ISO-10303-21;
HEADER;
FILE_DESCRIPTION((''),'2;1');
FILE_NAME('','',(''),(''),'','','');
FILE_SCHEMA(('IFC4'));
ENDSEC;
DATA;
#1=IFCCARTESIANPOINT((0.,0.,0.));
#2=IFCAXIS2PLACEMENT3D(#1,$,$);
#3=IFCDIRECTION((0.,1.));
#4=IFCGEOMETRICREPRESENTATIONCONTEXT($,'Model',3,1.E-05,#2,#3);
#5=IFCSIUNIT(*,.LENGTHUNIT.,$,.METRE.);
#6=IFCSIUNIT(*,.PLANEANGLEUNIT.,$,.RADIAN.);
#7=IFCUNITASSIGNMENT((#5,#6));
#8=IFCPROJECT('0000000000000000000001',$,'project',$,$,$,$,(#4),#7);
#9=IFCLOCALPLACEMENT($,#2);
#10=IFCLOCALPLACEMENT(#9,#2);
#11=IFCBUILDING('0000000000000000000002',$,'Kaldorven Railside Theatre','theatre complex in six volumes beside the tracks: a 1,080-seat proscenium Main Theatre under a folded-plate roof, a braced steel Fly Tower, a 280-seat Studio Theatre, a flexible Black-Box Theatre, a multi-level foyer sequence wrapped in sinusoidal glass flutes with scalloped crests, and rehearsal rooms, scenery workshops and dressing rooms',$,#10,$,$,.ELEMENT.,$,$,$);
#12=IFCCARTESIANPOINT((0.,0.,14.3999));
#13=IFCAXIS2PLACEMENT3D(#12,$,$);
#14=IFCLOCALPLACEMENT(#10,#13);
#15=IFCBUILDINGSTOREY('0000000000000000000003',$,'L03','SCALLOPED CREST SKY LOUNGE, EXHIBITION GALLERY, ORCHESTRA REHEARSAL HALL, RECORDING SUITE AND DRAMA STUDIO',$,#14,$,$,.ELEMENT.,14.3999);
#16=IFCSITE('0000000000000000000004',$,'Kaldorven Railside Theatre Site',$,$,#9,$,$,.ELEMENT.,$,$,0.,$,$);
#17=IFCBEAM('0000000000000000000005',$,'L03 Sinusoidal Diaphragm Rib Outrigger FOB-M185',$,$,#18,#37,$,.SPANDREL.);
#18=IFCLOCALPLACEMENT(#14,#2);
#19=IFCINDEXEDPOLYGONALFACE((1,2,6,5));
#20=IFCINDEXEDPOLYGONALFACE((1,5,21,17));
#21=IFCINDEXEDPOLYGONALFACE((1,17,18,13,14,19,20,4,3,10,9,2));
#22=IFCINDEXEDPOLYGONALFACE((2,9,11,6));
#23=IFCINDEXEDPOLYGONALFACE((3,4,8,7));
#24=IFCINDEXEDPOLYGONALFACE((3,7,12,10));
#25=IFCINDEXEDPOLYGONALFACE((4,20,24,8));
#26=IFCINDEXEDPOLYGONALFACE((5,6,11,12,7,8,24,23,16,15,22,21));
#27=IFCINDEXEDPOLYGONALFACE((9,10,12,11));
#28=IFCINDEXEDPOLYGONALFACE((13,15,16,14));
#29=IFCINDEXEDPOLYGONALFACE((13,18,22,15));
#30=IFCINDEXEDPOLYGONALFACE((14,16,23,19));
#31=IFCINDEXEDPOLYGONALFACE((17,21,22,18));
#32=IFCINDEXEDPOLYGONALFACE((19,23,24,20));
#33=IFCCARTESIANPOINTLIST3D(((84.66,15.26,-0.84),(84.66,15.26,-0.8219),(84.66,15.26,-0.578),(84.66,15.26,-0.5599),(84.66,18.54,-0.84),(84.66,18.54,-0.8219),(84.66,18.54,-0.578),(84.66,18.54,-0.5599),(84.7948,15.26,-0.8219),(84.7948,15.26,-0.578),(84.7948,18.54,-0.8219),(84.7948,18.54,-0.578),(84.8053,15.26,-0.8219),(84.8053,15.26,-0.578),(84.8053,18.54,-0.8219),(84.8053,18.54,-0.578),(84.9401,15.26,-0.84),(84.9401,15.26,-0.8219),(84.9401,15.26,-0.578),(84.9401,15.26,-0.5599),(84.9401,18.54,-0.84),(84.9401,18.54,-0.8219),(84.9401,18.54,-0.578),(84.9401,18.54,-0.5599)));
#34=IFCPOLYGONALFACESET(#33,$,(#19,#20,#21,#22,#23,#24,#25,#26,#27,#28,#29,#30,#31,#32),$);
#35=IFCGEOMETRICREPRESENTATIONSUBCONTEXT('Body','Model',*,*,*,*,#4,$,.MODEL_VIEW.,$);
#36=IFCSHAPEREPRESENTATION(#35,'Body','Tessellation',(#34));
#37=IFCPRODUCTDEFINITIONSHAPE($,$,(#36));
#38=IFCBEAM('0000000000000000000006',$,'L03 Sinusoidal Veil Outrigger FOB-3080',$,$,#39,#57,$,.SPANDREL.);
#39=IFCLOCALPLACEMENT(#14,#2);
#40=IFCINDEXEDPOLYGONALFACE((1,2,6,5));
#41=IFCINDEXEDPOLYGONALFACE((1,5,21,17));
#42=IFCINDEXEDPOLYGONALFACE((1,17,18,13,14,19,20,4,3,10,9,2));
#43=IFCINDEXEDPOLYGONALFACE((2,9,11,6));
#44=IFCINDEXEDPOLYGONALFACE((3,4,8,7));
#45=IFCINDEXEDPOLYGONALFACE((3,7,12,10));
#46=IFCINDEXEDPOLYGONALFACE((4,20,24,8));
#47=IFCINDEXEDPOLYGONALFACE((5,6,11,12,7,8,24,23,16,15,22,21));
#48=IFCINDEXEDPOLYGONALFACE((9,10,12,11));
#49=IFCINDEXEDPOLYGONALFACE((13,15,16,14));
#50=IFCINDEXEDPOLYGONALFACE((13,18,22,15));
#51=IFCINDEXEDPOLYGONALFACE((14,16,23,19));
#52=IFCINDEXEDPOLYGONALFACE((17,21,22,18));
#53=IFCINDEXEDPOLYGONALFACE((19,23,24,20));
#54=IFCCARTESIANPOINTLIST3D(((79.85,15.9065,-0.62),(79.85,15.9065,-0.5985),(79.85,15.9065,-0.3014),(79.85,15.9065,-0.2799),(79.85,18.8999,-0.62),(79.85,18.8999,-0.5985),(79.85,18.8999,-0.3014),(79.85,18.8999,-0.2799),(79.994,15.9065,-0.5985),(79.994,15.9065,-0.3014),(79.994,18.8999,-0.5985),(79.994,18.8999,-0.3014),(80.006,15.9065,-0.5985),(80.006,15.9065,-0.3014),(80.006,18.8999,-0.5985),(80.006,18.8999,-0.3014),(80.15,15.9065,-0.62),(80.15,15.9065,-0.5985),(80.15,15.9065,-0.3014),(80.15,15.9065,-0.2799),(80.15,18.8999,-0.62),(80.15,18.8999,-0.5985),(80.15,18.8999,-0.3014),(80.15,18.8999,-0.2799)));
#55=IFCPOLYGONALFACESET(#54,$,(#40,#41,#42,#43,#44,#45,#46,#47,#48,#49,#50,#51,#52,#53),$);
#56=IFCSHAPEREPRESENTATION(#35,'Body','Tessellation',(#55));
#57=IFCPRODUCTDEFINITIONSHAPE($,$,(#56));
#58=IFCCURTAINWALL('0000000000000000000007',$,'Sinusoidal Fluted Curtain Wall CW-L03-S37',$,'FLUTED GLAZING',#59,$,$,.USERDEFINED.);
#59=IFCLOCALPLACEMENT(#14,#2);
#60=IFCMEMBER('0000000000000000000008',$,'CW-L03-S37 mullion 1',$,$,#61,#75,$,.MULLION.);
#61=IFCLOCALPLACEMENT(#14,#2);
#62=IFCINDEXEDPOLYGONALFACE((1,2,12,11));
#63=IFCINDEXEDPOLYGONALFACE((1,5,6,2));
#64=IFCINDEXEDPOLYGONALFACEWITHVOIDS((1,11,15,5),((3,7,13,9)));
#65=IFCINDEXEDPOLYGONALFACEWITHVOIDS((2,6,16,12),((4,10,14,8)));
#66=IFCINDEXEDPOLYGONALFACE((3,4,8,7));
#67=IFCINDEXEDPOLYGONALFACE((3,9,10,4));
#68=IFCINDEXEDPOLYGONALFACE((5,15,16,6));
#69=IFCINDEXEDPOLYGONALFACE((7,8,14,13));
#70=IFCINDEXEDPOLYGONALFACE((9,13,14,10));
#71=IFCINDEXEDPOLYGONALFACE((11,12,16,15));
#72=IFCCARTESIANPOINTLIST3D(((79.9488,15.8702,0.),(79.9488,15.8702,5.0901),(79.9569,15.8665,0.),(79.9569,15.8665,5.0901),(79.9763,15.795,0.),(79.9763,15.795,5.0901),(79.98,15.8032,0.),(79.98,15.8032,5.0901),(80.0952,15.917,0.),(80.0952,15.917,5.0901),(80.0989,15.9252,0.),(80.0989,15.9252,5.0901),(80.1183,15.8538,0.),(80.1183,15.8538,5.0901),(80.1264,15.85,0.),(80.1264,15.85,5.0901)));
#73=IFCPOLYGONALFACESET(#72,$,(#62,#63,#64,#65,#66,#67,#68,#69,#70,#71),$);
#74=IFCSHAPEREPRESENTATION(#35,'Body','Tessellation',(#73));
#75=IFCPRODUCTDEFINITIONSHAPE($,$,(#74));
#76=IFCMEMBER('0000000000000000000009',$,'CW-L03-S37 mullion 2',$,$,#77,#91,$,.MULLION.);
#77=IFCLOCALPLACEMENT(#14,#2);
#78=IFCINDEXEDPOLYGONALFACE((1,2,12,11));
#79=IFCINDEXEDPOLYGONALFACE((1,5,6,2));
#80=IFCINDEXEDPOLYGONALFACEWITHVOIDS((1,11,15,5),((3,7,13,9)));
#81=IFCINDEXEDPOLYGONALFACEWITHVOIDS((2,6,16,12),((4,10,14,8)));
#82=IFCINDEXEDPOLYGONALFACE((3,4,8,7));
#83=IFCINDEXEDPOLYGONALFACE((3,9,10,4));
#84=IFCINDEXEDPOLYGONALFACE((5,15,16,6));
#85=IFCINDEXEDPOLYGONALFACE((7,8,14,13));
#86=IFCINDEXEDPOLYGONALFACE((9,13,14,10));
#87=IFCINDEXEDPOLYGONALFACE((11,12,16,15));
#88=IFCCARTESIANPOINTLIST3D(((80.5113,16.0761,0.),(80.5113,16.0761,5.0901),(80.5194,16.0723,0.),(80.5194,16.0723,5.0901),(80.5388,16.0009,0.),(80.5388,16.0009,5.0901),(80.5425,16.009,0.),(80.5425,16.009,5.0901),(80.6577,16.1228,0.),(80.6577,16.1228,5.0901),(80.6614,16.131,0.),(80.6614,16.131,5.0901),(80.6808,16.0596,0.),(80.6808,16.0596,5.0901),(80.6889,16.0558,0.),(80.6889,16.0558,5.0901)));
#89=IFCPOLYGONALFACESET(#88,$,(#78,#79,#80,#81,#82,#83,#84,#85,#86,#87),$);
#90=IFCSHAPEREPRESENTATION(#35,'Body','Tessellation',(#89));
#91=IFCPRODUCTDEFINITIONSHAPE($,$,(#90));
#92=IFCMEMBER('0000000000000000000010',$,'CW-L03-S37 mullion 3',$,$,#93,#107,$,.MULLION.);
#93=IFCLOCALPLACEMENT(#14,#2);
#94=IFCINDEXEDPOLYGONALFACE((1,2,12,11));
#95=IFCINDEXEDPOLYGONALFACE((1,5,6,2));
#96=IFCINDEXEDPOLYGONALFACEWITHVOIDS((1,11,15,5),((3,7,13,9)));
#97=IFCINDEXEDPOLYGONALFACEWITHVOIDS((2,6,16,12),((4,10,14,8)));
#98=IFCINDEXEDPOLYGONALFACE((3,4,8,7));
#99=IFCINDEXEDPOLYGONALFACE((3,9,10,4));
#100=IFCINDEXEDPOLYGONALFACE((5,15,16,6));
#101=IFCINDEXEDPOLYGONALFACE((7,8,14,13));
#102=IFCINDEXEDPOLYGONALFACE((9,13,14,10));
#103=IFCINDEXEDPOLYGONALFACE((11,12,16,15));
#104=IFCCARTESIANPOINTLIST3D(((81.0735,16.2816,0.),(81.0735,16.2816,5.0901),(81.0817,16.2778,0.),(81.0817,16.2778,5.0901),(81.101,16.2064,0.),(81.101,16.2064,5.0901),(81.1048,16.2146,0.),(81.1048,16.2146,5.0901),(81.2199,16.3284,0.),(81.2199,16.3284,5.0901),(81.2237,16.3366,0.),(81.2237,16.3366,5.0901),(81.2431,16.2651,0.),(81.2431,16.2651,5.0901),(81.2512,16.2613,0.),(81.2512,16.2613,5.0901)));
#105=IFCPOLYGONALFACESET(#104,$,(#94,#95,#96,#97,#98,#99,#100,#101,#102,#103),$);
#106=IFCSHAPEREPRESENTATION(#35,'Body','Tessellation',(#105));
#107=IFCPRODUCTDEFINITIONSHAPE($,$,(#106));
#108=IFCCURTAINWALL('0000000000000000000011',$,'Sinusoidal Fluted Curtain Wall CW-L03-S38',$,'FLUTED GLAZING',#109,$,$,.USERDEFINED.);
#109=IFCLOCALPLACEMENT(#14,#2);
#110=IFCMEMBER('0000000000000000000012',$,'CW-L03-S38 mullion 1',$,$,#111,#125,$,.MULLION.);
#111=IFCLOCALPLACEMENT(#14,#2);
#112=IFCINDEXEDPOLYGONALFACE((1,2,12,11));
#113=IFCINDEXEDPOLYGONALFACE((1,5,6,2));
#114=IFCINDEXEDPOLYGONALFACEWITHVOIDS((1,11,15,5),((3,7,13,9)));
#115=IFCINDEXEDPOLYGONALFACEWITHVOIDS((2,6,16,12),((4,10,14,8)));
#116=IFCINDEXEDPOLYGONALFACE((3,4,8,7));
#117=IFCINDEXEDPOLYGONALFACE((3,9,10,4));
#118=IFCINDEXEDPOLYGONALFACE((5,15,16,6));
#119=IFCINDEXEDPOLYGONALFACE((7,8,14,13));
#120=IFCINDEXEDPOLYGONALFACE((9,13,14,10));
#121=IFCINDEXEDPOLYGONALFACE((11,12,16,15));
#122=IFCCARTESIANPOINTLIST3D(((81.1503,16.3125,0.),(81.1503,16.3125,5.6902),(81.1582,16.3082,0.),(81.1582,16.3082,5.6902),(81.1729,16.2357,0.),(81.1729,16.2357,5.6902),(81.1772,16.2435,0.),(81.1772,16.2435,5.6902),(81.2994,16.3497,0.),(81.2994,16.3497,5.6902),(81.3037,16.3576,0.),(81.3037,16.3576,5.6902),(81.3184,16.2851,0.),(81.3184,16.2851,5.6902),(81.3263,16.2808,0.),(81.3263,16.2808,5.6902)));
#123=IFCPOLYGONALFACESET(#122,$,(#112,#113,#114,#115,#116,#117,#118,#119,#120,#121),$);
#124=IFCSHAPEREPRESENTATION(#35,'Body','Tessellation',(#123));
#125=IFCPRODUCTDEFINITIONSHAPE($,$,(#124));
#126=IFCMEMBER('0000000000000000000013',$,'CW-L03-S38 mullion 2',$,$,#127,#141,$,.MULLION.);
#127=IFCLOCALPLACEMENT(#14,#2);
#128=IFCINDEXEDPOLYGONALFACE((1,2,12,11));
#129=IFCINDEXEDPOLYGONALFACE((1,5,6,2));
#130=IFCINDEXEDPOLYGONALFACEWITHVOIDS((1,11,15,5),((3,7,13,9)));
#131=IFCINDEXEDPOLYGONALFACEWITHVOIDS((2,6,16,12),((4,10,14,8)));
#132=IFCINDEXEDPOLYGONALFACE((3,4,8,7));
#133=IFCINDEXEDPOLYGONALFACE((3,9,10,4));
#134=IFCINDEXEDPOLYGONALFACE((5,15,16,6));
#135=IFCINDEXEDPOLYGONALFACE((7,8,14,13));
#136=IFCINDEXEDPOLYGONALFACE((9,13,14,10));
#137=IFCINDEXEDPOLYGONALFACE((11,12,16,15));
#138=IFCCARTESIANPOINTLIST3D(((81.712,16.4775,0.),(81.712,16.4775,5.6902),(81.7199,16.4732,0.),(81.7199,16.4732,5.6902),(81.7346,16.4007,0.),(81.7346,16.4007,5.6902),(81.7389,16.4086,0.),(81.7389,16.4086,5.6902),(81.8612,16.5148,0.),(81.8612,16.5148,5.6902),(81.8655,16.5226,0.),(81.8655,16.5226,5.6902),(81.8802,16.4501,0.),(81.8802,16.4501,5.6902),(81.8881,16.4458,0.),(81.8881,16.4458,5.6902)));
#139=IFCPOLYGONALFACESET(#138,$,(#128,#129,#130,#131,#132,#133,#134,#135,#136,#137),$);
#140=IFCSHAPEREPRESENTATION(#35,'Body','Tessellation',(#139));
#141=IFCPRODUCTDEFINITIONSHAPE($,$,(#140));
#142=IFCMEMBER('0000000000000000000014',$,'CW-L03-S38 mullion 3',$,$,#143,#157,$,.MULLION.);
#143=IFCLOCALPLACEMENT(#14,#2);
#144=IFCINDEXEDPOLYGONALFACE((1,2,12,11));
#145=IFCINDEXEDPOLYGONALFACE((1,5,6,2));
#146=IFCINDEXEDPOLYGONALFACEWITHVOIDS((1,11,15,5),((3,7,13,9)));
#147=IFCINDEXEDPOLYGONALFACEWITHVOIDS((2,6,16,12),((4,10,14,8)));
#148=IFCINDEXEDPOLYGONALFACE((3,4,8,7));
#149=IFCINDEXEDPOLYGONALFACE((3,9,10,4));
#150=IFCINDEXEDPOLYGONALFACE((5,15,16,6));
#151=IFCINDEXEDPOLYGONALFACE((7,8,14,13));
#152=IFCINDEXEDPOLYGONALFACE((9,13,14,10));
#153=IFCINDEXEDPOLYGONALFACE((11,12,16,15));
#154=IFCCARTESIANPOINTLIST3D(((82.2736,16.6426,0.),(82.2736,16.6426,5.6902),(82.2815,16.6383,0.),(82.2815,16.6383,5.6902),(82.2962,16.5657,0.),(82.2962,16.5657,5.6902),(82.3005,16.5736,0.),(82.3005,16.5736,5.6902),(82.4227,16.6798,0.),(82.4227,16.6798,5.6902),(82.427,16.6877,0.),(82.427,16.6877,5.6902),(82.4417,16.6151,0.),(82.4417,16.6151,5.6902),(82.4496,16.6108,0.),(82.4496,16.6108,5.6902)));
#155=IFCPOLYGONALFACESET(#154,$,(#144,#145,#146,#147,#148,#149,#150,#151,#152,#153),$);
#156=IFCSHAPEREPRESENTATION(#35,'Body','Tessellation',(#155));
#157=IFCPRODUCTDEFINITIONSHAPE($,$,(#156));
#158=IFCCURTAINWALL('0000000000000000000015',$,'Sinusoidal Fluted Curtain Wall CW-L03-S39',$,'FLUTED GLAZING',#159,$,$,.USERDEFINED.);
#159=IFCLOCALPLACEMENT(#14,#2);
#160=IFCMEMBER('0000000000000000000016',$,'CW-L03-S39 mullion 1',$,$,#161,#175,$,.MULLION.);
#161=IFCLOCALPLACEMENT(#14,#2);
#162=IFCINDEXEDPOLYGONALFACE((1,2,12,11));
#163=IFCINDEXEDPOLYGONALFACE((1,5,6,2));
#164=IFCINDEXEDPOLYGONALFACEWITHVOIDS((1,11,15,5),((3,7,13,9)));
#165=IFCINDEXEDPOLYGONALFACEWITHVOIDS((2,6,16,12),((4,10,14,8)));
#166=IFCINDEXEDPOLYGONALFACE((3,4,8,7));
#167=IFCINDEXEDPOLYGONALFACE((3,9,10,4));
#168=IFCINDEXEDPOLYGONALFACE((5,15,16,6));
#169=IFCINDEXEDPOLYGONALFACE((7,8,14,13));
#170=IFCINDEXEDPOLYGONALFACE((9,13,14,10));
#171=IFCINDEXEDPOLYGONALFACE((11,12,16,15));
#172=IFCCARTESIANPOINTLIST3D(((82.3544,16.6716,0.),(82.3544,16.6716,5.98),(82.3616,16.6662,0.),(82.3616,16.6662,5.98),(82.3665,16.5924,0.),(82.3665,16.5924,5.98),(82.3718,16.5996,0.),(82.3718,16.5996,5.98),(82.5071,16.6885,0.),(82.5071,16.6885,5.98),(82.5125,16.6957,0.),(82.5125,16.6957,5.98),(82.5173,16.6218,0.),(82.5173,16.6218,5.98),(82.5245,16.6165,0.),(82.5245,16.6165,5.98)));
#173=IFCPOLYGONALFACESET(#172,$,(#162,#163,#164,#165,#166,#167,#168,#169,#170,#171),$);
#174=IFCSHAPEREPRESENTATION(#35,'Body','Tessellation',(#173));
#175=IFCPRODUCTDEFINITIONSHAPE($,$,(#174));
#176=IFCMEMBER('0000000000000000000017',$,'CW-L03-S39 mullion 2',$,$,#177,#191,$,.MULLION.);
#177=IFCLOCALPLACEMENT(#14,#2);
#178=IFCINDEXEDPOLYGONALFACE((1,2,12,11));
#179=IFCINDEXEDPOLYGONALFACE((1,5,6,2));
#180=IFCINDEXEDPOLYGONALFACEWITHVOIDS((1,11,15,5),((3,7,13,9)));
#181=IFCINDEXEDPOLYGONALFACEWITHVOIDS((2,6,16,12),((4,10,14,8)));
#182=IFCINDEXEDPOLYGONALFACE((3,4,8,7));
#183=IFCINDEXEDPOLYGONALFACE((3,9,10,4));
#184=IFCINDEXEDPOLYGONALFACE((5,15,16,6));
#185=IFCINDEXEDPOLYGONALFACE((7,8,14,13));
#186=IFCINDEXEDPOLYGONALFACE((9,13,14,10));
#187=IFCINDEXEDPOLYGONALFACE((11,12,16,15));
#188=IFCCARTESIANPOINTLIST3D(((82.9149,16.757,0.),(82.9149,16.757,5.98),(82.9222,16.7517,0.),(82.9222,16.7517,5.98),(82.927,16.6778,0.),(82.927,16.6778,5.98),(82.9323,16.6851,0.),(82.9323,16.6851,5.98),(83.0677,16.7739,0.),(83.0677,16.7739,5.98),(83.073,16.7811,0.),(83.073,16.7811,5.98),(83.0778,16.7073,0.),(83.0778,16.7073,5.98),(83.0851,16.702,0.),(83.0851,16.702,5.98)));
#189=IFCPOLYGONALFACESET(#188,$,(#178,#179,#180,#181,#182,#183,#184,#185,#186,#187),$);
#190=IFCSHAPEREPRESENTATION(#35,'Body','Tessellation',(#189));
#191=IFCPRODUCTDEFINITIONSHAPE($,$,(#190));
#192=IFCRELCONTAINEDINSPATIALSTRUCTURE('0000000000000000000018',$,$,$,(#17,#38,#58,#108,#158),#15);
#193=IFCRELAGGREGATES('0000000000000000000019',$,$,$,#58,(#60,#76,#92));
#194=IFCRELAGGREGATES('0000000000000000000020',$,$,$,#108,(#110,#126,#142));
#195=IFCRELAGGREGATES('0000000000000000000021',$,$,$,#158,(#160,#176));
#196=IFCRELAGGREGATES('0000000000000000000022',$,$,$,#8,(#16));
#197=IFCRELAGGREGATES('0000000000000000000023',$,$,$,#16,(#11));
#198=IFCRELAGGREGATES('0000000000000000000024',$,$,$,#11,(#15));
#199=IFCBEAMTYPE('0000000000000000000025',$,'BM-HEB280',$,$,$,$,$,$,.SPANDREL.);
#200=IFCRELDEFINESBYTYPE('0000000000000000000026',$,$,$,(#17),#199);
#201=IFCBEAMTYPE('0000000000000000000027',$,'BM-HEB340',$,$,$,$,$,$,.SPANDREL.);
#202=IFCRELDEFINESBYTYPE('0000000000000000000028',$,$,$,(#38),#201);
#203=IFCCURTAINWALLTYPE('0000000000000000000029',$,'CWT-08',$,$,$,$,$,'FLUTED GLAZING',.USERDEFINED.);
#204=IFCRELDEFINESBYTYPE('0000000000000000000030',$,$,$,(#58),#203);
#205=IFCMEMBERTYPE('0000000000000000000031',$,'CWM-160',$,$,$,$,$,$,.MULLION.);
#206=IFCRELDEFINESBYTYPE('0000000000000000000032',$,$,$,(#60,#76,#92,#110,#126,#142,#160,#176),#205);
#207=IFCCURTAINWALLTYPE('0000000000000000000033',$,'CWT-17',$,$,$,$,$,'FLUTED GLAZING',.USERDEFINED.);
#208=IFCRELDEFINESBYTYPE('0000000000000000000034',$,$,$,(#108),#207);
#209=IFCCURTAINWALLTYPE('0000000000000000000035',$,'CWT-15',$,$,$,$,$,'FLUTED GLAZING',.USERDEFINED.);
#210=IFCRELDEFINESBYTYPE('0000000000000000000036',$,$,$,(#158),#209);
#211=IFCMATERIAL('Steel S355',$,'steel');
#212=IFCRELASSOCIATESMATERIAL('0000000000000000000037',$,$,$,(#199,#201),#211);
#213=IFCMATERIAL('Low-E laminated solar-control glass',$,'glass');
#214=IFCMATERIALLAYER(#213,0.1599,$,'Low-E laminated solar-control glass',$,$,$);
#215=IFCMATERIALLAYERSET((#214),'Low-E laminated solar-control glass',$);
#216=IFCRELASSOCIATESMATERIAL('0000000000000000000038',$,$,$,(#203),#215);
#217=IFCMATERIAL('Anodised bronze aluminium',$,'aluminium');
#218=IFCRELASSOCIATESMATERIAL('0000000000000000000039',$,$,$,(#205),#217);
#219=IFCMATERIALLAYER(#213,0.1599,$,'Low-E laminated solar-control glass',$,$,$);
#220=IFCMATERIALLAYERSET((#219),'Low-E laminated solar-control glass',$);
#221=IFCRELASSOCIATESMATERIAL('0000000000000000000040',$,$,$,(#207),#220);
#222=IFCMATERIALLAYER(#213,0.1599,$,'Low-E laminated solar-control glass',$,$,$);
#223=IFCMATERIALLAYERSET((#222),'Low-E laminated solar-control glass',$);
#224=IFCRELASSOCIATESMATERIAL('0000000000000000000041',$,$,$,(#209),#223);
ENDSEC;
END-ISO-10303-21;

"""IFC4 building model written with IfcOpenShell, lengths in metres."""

from ifc_helpers import new_model, si_unit, direction, frame, origin, origin_2d, place, context, subcontext, project, spatial, hollow_rectangle, i_section, extrude, material, layer, layer_set, material_profile, profile_set, type_object, element, aggregate, save


model = new_model("IFC4")

# Units and contexts
model_context = context("Model", 3, precision=1e-05, world=origin(), true_north=direction((0.0, 1.0)))
body_context = subcontext(model_context, "Body", "Model", "MODEL_VIEW")
ifc_project = project(units=[si_unit("LENGTHUNIT", "METRE"), si_unit("PLANEANGLEUNIT", "RADIAN")], contexts=[model_context])

# Site, building, storey
site_placement = place(None, origin())
site = spatial("IfcSite", under=ifc_project, at=site_placement, Name="Kaldorven Railside Theatre Site", CompositionType="ELEMENT", RefElevation=0.0)
building_placement = place(site_placement, origin())
building = spatial("IfcBuilding", under=site, at=building_placement, Name="Kaldorven Railside Theatre", Description="theatre complex in six volumes beside the tracks: a 1,080-seat proscenium Main Theatre under a folded-plate roof, a braced steel Fly Tower, a 280-seat Studio Theatre, a flexible Black-Box Theatre, a multi-level foyer sequence wrapped in sinusoidal glass flutes with scalloped crests, and rehearsal rooms, scenery workshops and dressing rooms", CompositionType="ELEMENT")
storey_placement = place(building_placement, frame((0.0, 0.0, 14.3999)))
storey = spatial("IfcBuildingStorey", under=building, at=storey_placement, Name="L03", Description="SCALLOPED CREST SKY LOUNGE, EXHIBITION GALLERY, ORCHESTRA REHEARSAL HALL, RECORDING SUITE AND DRAMA STUDIO", CompositionType="ELEMENT", Elevation=14.3999)

# Beams
ifc_material_1 = material(Name="Steel S355", Category="steel")
ifc_material_profile_1 = material_profile(ifc_material_1, i_section(OverallWidth=0.28, OverallDepth=0.28, WebThickness=0.0105, FlangeThickness=0.0181, at=origin_2d()), Name="HEB 280")
ifc_profile_set_1 = profile_set([ifc_material_profile_1], Name="Steel S355")
beam_type_1 = type_object("IfcBeamType", Name="BM-HEB280", PredefinedType="SPANDREL", material=ifc_profile_set_1)
beam_1_placement = place(storey_placement, frame((84.8, 15.26, -0.7), z_axis=(0.0, 1.0, 0.0), x_axis=(-1.0, 0.0, 0.0)))
element("IfcBeam", 1, at=beam_1_placement, inside=storey, type_object=beam_type_1, Name="L03 Sinusoidal Diaphragm Rib Outrigger FOB-M185", PredefinedType="SPANDREL", context=body_context, shape_type="SweptSolid", body=[
    extrude(i_section(OverallWidth=0.28, OverallDepth=0.28, WebThickness=0.0105, FlangeThickness=0.0181, at=origin_2d()), origin(), (0.0, 0.0, 1.0), 3.28),
])
ifc_material_profile_2 = material_profile(ifc_material_1, i_section(OverallWidth=0.3, OverallDepth=0.3401, WebThickness=0.012, FlangeThickness=0.0215, at=origin_2d()), Name="HEB 340")
ifc_profile_set_2 = profile_set([ifc_material_profile_2], Name="Steel S355")
beam_type_2 = type_object("IfcBeamType", Name="BM-HEB340", PredefinedType="SPANDREL", material=ifc_profile_set_2)
beam_2_placement = place(storey_placement, frame((80.0, 15.9065, -0.45), z_axis=(0.0, 1.0, 0.0), x_axis=(-1.0, 0.0, 0.0)))
element("IfcBeam", 2, at=beam_2_placement, inside=storey, type_object=beam_type_2, Name="L03 Sinusoidal Veil Outrigger FOB-3080", PredefinedType="SPANDREL", context=body_context, shape_type="SweptSolid", body=[
    extrude(i_section(OverallWidth=0.3, OverallDepth=0.3401, WebThickness=0.012, FlangeThickness=0.0215, at=origin_2d()), origin(), (0.0, 0.0, 1.0), 2.9934),
])

# Curtain walls, members
ifc_material_2 = material(Name="Low-E laminated solar-control glass", Category="glass")
ifc_layer_1 = layer(ifc_material_2, 0.1599, Name="Low-E laminated solar-control glass")
ifc_layer_set_1 = layer_set([ifc_layer_1], Name="Low-E laminated solar-control glass")
curtain_wall_type_1 = type_object("IfcCurtainWallType", Name="CWT-08", ElementType="FLUTED GLAZING", PredefinedType="USERDEFINED", material=ifc_layer_set_1)
curtain_wall_1_placement = place(storey_placement, origin())
curtain_wall_1 = element("IfcCurtainWall", 3, at=curtain_wall_1_placement, inside=storey, type_object=curtain_wall_type_1, Name="Sinusoidal Fluted Curtain Wall CW-L03-S37", ObjectType="FLUTED GLAZING", PredefinedType="USERDEFINED")
ifc_material_3 = material(Name="Anodised bronze aluminium", Category="aluminium")
ifc_material_profile_3 = material_profile(ifc_material_3, hollow_rectangle(XDim=0.0801, YDim=0.1599, WallThickness=0.0063, at=origin_2d()), Name="RHS 160x80x6.3")
ifc_profile_set_3 = profile_set([ifc_material_profile_3], Name="Anodised bronze aluminium")
member_type_1 = type_object("IfcMemberType", Name="CWM-160", PredefinedType="MULLION", material=ifc_profile_set_3)
member_1_placement = place(storey_placement, frame((80.0376, 15.8601, 0.0), z_axis=(0.0, 0.0, 1.0), x_axis=(-0.343496, 0.939154, 0.0)))
member_1 = element("IfcMember", 4, at=member_1_placement, type_object=member_type_1, Name="CW-L03-S37 mullion 1", PredefinedType="MULLION", context=body_context, shape_type="SweptSolid", body=[
    extrude(hollow_rectangle(XDim=0.0801, YDim=0.1599, WallThickness=0.0063, at=origin_2d()), origin(), (0.0, 0.0, 1.0), 5.0901),
])
member_2_placement = place(storey_placement, frame((80.6001, 16.0659, 0.0), z_axis=(0.0, 0.0, 1.0), x_axis=(-0.343496, 0.939154, 0.0)))
member_2 = element("IfcMember", 5, at=member_2_placement, type_object=member_type_1, Name="CW-L03-S37 mullion 2", PredefinedType="MULLION", context=body_context, shape_type="SweptSolid", body=[
    extrude(hollow_rectangle(XDim=0.0801, YDim=0.1599, WallThickness=0.0063, at=origin_2d()), origin(), (0.0, 0.0, 1.0), 5.0901),
])
member_3_placement = place(storey_placement, frame((81.1624, 16.2715, 0.0), z_axis=(0.0, 0.0, 1.0), x_axis=(-0.343496, 0.939154, 0.0)))
member_3 = element("IfcMember", 6, at=member_3_placement, type_object=member_type_1, Name="CW-L03-S37 mullion 3", PredefinedType="MULLION", context=body_context, shape_type="SweptSolid", body=[
    extrude(hollow_rectangle(XDim=0.0801, YDim=0.1599, WallThickness=0.0063, at=origin_2d()), origin(), (0.0, 0.0, 1.0), 5.0901),
])
ifc_layer_2 = layer(ifc_material_2, 0.1599, Name="Low-E laminated solar-control glass")
ifc_layer_set_2 = layer_set([ifc_layer_2], Name="Low-E laminated solar-control glass")
curtain_wall_type_2 = type_object("IfcCurtainWallType", Name="CWT-17", ElementType="FLUTED GLAZING", PredefinedType="USERDEFINED", material=ifc_layer_set_2)
curtain_wall_2_placement = place(storey_placement, origin())
curtain_wall_2 = element("IfcCurtainWall", 7, at=curtain_wall_2_placement, inside=storey, type_object=curtain_wall_type_2, Name="Sinusoidal Fluted Curtain Wall CW-L03-S38", ObjectType="FLUTED GLAZING", PredefinedType="USERDEFINED")
member_4_placement = place(storey_placement, frame((81.2383, 16.2966, 0.0), z_axis=(0.0, 0.0, 1.0), x_axis=(-0.281989, 0.959418, 0.0)))
member_4 = element("IfcMember", 8, at=member_4_placement, type_object=member_type_1, Name="CW-L03-S38 mullion 1", PredefinedType="MULLION", context=body_context, shape_type="SweptSolid", body=[
    extrude(hollow_rectangle(XDim=0.0801, YDim=0.1599, WallThickness=0.0063, at=origin_2d()), origin(), (0.0, 0.0, 1.0), 5.6902),
])
member_5_placement = place(storey_placement, frame((81.8, 16.4617, 0.0), z_axis=(0.0, 0.0, 1.0), x_axis=(-0.281989, 0.959418, 0.0)))
member_5 = element("IfcMember", 9, at=member_5_placement, type_object=member_type_1, Name="CW-L03-S38 mullion 2", PredefinedType="MULLION", context=body_context, shape_type="SweptSolid", body=[
    extrude(hollow_rectangle(XDim=0.0801, YDim=0.1599, WallThickness=0.0063, at=origin_2d()), origin(), (0.0, 0.0, 1.0), 5.6902),
])
member_6_placement = place(storey_placement, frame((82.3616, 16.6267, 0.0), z_axis=(0.0, 0.0, 1.0), x_axis=(-0.281989, 0.959418, 0.0)))
member_6 = element("IfcMember", 10, at=member_6_placement, type_object=member_type_1, Name="CW-L03-S38 mullion 3", PredefinedType="MULLION", context=body_context, shape_type="SweptSolid", body=[
    extrude(hollow_rectangle(XDim=0.0801, YDim=0.1599, WallThickness=0.0063, at=origin_2d()), origin(), (0.0, 0.0, 1.0), 5.6902),
])
ifc_layer_3 = layer(ifc_material_2, 0.1599, Name="Low-E laminated solar-control glass")
ifc_layer_set_3 = layer_set([ifc_layer_3], Name="Low-E laminated solar-control glass")
curtain_wall_type_3 = type_object("IfcCurtainWallType", Name="CWT-15", ElementType="FLUTED GLAZING", PredefinedType="USERDEFINED", material=ifc_layer_set_3)
curtain_wall_3_placement = place(storey_placement, origin())
curtain_wall_3 = element("IfcCurtainWall", 11, at=curtain_wall_3_placement, inside=storey, type_object=curtain_wall_type_3, Name="Sinusoidal Fluted Curtain Wall CW-L03-S39", ObjectType="FLUTED GLAZING", PredefinedType="USERDEFINED")
member_7_placement = place(storey_placement, frame((82.4395, 16.644, 0.0), z_axis=(0.0, 0.0, 1.0), x_axis=(-0.150918, 0.988546, 0.0)))
member_7 = element("IfcMember", 12, at=member_7_placement, type_object=member_type_1, Name="CW-L03-S39 mullion 1", PredefinedType="MULLION", context=body_context, shape_type="SweptSolid", body=[
    extrude(hollow_rectangle(XDim=0.0801, YDim=0.1599, WallThickness=0.0063, at=origin_2d()), origin(), (0.0, 0.0, 1.0), 5.98),
])
member_8_placement = place(storey_placement, frame((83.0, 16.7295, 0.0), z_axis=(0.0, 0.0, 1.0), x_axis=(-0.150918, 0.988546, 0.0)))
member_8 = element("IfcMember", 13, at=member_8_placement, type_object=member_type_1, Name="CW-L03-S39 mullion 2", PredefinedType="MULLION", context=body_context, shape_type="SweptSolid", body=[
    extrude(hollow_rectangle(XDim=0.0801, YDim=0.1599, WallThickness=0.0063, at=origin_2d()), origin(), (0.0, 0.0, 1.0), 5.98),
])

aggregate(curtain_wall_1, [member_1, member_2, member_3])
aggregate(curtain_wall_2, [member_4, member_5, member_6])
aggregate(curtain_wall_3, [member_7, member_8])

save(model, "model.ifc")
